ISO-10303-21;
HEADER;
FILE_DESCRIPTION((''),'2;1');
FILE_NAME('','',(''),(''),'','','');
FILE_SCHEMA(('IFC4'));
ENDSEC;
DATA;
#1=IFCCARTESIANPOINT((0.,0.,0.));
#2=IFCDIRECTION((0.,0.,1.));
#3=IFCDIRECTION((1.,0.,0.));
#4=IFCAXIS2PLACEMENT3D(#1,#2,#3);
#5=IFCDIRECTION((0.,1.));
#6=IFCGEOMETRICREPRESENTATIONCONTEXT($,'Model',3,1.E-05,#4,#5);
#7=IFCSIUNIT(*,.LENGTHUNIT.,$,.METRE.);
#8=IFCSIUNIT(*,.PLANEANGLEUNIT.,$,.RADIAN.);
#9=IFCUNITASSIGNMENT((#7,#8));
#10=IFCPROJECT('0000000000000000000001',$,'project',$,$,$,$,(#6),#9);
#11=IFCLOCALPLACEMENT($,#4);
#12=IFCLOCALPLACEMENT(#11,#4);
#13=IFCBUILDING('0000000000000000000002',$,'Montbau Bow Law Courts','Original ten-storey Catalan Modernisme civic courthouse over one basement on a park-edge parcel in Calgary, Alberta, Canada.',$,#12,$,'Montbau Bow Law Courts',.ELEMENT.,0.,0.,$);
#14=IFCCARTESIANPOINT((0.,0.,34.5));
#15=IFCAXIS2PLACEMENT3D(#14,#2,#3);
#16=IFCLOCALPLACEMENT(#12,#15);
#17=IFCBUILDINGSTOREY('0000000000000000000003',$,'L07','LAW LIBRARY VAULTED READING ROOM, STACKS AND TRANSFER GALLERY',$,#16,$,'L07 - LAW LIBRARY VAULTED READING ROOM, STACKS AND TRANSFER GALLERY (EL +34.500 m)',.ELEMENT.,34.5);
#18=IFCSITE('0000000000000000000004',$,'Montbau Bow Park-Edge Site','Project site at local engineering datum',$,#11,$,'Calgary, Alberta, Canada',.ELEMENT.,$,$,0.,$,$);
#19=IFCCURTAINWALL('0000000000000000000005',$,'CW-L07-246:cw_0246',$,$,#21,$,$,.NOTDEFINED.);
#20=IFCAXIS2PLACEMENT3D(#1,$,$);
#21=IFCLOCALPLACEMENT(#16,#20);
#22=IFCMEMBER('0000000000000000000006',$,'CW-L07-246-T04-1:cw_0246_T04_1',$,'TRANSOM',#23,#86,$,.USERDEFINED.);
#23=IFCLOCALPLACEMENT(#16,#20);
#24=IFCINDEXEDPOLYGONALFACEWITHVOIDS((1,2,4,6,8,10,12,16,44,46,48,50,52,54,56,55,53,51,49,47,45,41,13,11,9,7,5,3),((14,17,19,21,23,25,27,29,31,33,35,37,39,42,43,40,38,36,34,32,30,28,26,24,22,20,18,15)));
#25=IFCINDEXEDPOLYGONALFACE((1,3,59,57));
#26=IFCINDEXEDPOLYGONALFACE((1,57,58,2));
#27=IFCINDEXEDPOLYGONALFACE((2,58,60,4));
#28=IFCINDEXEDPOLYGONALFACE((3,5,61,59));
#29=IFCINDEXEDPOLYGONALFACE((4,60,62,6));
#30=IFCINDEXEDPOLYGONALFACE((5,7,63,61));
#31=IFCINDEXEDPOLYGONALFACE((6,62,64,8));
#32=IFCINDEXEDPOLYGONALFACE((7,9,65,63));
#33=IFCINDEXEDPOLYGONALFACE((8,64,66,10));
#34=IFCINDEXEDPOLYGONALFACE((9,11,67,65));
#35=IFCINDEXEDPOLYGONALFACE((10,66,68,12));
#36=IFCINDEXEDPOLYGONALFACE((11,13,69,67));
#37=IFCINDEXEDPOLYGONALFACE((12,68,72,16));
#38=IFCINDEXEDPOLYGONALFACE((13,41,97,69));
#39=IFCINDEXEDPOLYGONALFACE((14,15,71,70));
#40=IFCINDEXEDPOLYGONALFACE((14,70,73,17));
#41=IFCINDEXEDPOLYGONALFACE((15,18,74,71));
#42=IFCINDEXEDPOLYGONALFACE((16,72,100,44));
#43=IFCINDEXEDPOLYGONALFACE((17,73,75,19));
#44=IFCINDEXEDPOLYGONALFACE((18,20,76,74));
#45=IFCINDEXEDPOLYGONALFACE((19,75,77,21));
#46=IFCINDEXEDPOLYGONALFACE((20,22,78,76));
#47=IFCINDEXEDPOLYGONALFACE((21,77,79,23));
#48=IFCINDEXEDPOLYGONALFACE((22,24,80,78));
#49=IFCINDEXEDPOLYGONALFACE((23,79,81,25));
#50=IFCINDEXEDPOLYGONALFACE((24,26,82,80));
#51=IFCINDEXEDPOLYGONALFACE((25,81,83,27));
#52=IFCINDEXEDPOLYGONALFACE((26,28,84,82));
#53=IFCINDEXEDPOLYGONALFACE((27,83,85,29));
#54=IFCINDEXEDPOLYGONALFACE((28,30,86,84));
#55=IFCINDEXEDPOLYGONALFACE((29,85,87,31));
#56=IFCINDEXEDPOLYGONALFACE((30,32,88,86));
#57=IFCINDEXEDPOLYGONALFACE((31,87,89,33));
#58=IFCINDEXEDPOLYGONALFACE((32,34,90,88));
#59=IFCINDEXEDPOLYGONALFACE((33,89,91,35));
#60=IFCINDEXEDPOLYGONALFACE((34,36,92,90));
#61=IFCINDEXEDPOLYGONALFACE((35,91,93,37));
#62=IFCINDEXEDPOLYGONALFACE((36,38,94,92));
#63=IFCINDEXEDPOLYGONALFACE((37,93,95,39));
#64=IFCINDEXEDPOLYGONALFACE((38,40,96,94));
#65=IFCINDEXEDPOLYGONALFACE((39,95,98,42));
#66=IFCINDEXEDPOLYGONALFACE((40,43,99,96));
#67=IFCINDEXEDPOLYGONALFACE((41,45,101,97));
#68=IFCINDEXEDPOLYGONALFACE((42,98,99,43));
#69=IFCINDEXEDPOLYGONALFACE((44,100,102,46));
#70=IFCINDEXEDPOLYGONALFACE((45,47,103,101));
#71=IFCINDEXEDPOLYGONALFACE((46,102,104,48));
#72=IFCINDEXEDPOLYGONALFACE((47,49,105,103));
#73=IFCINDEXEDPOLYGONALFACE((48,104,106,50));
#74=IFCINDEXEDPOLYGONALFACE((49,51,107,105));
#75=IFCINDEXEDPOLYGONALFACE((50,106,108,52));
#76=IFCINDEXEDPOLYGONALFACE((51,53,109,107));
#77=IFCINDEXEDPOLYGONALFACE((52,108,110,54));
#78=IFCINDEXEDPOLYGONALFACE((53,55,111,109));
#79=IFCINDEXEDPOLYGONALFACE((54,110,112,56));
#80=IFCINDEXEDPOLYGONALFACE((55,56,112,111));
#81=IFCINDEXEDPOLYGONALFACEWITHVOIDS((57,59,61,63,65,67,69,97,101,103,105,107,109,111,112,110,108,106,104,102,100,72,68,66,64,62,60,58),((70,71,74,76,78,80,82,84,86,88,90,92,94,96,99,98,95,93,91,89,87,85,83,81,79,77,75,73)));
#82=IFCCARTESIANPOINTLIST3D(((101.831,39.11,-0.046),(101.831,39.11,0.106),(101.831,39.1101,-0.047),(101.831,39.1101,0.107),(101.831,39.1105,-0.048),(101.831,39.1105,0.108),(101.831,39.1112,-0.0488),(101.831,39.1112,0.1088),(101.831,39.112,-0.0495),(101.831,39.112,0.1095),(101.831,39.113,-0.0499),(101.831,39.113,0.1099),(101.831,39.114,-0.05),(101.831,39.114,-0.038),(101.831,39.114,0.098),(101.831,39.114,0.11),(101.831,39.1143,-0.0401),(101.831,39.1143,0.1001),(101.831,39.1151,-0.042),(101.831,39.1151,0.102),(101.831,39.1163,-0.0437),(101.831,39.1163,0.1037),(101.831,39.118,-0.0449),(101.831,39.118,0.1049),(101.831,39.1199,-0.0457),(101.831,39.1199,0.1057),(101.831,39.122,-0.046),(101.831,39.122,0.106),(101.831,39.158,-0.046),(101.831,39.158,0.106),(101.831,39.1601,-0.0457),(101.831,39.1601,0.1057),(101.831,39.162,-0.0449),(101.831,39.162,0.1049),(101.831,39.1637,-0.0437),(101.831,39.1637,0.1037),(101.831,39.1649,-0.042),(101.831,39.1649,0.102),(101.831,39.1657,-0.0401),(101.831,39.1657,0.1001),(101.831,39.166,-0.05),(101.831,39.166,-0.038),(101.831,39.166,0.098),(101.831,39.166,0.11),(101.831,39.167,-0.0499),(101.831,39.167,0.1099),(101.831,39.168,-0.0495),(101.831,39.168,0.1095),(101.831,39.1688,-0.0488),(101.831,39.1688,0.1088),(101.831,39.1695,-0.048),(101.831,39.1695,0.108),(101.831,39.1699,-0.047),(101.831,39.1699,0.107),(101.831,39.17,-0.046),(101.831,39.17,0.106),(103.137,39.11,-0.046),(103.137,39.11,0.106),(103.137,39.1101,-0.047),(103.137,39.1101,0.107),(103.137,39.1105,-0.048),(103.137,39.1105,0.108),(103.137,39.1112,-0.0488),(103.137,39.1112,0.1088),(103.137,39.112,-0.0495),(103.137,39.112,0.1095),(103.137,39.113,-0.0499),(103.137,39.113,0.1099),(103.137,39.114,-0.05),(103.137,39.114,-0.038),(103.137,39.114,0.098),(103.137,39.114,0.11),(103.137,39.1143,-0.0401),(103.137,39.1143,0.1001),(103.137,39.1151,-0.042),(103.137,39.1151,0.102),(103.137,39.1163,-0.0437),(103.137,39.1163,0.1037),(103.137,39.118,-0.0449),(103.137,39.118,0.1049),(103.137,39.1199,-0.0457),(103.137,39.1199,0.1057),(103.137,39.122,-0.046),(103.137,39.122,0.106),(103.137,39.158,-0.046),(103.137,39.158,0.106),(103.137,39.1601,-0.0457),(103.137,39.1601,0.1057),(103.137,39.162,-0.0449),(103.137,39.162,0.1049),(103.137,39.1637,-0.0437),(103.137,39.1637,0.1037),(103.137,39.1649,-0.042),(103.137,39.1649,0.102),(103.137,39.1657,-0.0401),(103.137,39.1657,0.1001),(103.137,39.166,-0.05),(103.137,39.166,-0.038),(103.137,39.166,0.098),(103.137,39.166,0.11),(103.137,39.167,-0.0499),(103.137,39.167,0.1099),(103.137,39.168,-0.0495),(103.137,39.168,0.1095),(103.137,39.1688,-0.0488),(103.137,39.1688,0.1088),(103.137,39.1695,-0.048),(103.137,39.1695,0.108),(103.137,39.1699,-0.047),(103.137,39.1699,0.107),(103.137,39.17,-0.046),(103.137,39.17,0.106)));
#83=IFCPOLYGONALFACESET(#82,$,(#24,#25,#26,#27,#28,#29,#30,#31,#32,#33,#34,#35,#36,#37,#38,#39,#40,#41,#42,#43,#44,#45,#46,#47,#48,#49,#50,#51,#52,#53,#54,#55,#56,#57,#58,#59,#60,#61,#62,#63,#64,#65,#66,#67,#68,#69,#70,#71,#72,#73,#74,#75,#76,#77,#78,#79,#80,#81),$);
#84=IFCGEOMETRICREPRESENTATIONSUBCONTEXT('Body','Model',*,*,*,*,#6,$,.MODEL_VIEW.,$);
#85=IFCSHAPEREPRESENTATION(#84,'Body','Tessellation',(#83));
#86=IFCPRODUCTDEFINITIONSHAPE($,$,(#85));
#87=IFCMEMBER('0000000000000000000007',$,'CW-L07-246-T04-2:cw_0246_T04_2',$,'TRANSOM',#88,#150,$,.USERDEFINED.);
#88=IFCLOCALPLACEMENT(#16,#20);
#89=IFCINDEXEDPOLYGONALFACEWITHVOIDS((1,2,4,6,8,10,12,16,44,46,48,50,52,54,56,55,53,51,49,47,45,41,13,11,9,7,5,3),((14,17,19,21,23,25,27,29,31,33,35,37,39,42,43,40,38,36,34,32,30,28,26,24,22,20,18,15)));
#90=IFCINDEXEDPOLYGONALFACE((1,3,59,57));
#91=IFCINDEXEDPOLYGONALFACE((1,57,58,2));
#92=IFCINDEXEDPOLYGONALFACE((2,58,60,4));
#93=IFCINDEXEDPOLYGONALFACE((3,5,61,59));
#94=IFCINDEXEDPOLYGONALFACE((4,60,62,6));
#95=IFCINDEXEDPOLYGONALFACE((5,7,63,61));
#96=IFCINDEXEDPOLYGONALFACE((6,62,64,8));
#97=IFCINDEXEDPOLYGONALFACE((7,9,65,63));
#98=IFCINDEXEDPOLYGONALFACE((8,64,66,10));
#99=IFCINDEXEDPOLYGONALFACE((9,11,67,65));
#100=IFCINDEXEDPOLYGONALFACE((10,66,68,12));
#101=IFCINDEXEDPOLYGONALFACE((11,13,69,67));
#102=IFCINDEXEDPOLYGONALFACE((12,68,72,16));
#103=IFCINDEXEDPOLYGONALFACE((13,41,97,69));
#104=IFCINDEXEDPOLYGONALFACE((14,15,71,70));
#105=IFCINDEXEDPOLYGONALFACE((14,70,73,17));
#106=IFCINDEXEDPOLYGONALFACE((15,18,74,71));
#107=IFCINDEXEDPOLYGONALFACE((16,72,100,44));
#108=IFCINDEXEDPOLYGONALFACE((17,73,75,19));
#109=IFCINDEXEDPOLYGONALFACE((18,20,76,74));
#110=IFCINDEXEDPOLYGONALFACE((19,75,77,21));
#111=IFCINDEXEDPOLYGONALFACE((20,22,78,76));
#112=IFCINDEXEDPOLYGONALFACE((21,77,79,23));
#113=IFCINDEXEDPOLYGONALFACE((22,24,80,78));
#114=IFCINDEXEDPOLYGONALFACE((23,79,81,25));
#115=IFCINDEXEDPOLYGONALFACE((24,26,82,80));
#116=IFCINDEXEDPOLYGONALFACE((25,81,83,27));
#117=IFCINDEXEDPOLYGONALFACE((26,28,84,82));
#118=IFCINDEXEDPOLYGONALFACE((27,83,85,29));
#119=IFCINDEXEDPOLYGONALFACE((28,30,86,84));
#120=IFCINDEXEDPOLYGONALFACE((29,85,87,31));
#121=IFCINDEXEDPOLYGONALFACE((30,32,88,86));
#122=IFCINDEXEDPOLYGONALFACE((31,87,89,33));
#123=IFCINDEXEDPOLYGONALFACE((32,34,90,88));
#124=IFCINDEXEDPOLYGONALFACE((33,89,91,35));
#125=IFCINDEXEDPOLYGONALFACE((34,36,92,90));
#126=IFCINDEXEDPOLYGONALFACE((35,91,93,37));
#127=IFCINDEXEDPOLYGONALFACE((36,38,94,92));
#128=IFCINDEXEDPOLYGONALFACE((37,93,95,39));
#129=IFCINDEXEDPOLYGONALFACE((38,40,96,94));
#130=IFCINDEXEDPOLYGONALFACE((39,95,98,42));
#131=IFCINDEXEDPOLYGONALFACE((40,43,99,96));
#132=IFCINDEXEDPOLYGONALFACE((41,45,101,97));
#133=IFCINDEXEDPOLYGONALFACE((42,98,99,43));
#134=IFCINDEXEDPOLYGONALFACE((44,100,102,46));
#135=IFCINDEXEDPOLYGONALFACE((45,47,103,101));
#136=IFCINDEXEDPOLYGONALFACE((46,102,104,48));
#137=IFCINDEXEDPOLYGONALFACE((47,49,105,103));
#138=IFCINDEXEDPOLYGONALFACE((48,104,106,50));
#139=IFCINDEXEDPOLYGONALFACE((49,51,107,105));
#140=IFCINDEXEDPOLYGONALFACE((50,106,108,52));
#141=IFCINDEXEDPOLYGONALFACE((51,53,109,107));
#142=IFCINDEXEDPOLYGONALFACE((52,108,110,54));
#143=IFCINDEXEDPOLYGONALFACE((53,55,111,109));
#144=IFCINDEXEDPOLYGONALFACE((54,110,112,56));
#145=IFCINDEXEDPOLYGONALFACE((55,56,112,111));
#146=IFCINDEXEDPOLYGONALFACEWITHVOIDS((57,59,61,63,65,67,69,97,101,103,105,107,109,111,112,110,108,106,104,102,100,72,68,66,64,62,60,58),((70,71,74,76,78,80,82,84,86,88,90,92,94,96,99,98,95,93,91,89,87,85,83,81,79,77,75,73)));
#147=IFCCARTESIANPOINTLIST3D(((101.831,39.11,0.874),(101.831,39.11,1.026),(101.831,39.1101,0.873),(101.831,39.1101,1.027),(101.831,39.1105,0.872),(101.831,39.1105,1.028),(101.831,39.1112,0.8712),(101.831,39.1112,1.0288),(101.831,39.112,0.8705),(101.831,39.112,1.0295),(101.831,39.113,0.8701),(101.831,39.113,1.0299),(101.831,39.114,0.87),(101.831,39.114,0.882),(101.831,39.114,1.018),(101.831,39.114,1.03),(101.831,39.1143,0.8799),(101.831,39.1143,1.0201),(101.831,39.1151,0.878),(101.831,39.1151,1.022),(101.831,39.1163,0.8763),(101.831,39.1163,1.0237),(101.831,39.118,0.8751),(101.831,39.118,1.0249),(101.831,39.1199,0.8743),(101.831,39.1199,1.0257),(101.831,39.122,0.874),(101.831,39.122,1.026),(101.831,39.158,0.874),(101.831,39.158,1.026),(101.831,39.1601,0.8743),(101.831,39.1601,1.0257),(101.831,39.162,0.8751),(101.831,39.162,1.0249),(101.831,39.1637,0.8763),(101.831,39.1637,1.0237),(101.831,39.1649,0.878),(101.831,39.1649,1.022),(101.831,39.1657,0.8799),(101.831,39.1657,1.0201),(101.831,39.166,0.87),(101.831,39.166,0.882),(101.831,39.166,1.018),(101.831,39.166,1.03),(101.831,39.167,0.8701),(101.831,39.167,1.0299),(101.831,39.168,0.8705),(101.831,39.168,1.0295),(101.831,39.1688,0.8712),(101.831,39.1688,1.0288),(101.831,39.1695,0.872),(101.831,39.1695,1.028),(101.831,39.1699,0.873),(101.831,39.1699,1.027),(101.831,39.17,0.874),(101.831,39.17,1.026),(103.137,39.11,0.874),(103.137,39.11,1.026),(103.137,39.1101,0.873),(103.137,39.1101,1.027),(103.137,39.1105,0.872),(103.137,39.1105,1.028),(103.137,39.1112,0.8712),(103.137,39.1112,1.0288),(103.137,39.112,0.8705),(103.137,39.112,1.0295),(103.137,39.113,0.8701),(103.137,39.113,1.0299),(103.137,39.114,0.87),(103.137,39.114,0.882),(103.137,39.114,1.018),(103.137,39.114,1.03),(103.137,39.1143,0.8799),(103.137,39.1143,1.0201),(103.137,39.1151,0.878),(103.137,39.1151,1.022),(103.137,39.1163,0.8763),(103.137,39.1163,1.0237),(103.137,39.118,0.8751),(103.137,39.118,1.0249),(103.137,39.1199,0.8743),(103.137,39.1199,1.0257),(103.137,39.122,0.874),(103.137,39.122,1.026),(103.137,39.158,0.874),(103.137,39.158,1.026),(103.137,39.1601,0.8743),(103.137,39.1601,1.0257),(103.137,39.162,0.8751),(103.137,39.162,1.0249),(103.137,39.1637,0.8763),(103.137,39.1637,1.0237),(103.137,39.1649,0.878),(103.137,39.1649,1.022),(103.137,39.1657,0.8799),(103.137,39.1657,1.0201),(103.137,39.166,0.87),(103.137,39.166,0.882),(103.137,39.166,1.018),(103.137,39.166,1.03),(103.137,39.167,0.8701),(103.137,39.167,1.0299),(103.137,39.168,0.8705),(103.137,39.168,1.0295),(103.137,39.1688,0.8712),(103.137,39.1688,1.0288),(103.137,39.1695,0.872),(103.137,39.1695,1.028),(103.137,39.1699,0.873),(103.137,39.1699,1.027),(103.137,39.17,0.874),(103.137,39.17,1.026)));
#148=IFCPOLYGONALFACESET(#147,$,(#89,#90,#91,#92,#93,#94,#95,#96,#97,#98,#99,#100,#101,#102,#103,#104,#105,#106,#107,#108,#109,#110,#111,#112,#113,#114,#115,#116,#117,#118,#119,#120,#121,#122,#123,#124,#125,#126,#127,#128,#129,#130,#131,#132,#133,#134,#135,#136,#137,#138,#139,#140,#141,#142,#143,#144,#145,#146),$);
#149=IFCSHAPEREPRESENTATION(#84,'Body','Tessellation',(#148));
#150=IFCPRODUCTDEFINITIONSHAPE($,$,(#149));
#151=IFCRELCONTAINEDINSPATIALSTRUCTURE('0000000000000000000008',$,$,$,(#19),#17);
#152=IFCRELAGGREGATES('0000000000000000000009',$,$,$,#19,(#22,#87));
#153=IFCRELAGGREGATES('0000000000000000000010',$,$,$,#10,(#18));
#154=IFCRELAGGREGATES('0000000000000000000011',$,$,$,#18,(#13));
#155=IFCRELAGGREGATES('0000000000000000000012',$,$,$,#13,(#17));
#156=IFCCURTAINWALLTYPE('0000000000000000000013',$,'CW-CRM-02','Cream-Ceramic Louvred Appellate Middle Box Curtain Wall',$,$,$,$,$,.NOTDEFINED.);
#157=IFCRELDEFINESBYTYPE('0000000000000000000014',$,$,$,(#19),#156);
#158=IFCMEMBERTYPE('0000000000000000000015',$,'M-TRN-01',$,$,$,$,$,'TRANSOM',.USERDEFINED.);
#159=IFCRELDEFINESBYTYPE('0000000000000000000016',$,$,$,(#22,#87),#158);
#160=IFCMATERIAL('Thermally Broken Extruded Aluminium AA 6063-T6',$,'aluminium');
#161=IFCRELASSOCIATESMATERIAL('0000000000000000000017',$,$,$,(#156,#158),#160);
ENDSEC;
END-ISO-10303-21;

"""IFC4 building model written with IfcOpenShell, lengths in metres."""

from ifc_helpers import new_model, si_unit, direction, frame, origin_with_axes, origin_2d_with_axis, place, context, subcontext, project, spatial, hollow_rectangle, extrude, material, material_profile, profile_set, type_object, element, aggregate, save


model = new_model("IFC4")

# Units and contexts
model_context = context("Model", 3, precision=1e-05, world=origin_with_axes(), true_north=direction((0.0, 1.0)))
body_context = subcontext(model_context, "Body", "Model", "MODEL_VIEW")
ifc_project = project(units=[si_unit("LENGTHUNIT", "METRE"), si_unit("PLANEANGLEUNIT", "RADIAN")], contexts=[model_context])

# Site, building, storey
site_placement = place(None, origin_with_axes())
site = spatial("IfcSite", under=ifc_project, at=site_placement, Name="Montbau Bow Park-Edge Site", Description="Project site at local engineering datum", LongName="Calgary, Alberta, Canada", CompositionType="ELEMENT", RefElevation=0.0)
building_placement = place(site_placement, origin_with_axes())
building = spatial("IfcBuilding", under=site, at=building_placement, Name="Montbau Bow Law Courts", Description="Original ten-storey Catalan Modernisme civic courthouse over one basement on a park-edge parcel in Calgary, Alberta, Canada.", LongName="Montbau Bow Law Courts", CompositionType="ELEMENT", ElevationOfRefHeight=0.0, ElevationOfTerrain=0.0)
storey_placement = place(building_placement, frame((0.0, 0.0, 34.5), z_axis=(0.0, 0.0, 1.0), x_axis=(1.0, 0.0, 0.0)))
storey = spatial("IfcBuildingStorey", under=building, at=storey_placement, Name="L07", Description="LAW LIBRARY VAULTED READING ROOM, STACKS AND TRANSFER GALLERY", LongName="L07 - LAW LIBRARY VAULTED READING ROOM, STACKS AND TRANSFER GALLERY (EL +34.500 m)", CompositionType="ELEMENT", Elevation=34.5)

# Curtain wall
ifc_material_1 = material(Name="Thermally Broken Extruded Aluminium AA 6063-T6", Category="aluminium")
curtain_wall_type = type_object("IfcCurtainWallType", Name="CW-CRM-02", Description="Cream-Ceramic Louvred Appellate Middle Box Curtain Wall", PredefinedType="NOTDEFINED", material=ifc_material_1)
curtain_wall_1_placement = place(None, frame((97.64, 39.14, 34.5), z_axis=(0.0, 0.0, 1.0), x_axis=(1.0, 0.0, 0.0)))
curtain_wall_1 = element("IfcCurtainWall", 1, at=curtain_wall_1_placement, inside=storey, type_object=curtain_wall_type, Name="CW-L07-246:cw_0246", PredefinedType="NOTDEFINED")

# Members
ifc_material_profile_1 = material_profile(ifc_material_1, hollow_rectangle(XDim=0.06, YDim=0.16, WallThickness=0.004, InnerFilletRadius=0.008, OuterFilletRadius=0.004, at=origin_2d_with_axis()), Name="CWT-160X60", Category="Main", Priority=0)
ifc_profile_set_1 = profile_set([ifc_material_profile_1], Name="Thermally Broken Extruded Aluminium AA 6063-T6")
member_type_1 = type_object("IfcMemberType", Name="M-TRN-01", ElementType="TRANSOM", PredefinedType="USERDEFINED", material=ifc_profile_set_1)
member_1_placement = place(None, frame((101.831, 39.14, 34.53), z_axis=(1.0, 0.0, 0.0), x_axis=(0.0, 1.0, 0.0)))
member_1 = element("IfcMember", 2, at=member_1_placement, type_object=member_type_1, Name="CW-L07-246-T04-1:cw_0246_T04_1", ObjectType="TRANSOM", PredefinedType="USERDEFINED", context=body_context, shape_type="SweptSolid", body=[
    extrude(hollow_rectangle(XDim=0.06, YDim=0.16, WallThickness=0.004, InnerFilletRadius=0.008, OuterFilletRadius=0.004, at=origin_2d_with_axis()), origin_with_axes(), (0.0, 0.0, 1.0), 1.306),
])
member_2_placement = place(None, frame((101.831, 39.14, 35.45), z_axis=(1.0, 0.0, 0.0), x_axis=(0.0, 1.0, 0.0)))
member_2 = element("IfcMember", 3, at=member_2_placement, type_object=member_type_1, Name="CW-L07-246-T04-2:cw_0246_T04_2", ObjectType="TRANSOM", PredefinedType="USERDEFINED", context=body_context, shape_type="SweptSolid", body=[
    extrude(hollow_rectangle(XDim=0.06, YDim=0.16, WallThickness=0.004, InnerFilletRadius=0.008, OuterFilletRadius=0.004, at=origin_2d_with_axis()), origin_with_axes(), (0.0, 0.0, 1.0), 1.306),
])

aggregate(curtain_wall_1, [member_1, member_2])

save(model, "model.ifc")
